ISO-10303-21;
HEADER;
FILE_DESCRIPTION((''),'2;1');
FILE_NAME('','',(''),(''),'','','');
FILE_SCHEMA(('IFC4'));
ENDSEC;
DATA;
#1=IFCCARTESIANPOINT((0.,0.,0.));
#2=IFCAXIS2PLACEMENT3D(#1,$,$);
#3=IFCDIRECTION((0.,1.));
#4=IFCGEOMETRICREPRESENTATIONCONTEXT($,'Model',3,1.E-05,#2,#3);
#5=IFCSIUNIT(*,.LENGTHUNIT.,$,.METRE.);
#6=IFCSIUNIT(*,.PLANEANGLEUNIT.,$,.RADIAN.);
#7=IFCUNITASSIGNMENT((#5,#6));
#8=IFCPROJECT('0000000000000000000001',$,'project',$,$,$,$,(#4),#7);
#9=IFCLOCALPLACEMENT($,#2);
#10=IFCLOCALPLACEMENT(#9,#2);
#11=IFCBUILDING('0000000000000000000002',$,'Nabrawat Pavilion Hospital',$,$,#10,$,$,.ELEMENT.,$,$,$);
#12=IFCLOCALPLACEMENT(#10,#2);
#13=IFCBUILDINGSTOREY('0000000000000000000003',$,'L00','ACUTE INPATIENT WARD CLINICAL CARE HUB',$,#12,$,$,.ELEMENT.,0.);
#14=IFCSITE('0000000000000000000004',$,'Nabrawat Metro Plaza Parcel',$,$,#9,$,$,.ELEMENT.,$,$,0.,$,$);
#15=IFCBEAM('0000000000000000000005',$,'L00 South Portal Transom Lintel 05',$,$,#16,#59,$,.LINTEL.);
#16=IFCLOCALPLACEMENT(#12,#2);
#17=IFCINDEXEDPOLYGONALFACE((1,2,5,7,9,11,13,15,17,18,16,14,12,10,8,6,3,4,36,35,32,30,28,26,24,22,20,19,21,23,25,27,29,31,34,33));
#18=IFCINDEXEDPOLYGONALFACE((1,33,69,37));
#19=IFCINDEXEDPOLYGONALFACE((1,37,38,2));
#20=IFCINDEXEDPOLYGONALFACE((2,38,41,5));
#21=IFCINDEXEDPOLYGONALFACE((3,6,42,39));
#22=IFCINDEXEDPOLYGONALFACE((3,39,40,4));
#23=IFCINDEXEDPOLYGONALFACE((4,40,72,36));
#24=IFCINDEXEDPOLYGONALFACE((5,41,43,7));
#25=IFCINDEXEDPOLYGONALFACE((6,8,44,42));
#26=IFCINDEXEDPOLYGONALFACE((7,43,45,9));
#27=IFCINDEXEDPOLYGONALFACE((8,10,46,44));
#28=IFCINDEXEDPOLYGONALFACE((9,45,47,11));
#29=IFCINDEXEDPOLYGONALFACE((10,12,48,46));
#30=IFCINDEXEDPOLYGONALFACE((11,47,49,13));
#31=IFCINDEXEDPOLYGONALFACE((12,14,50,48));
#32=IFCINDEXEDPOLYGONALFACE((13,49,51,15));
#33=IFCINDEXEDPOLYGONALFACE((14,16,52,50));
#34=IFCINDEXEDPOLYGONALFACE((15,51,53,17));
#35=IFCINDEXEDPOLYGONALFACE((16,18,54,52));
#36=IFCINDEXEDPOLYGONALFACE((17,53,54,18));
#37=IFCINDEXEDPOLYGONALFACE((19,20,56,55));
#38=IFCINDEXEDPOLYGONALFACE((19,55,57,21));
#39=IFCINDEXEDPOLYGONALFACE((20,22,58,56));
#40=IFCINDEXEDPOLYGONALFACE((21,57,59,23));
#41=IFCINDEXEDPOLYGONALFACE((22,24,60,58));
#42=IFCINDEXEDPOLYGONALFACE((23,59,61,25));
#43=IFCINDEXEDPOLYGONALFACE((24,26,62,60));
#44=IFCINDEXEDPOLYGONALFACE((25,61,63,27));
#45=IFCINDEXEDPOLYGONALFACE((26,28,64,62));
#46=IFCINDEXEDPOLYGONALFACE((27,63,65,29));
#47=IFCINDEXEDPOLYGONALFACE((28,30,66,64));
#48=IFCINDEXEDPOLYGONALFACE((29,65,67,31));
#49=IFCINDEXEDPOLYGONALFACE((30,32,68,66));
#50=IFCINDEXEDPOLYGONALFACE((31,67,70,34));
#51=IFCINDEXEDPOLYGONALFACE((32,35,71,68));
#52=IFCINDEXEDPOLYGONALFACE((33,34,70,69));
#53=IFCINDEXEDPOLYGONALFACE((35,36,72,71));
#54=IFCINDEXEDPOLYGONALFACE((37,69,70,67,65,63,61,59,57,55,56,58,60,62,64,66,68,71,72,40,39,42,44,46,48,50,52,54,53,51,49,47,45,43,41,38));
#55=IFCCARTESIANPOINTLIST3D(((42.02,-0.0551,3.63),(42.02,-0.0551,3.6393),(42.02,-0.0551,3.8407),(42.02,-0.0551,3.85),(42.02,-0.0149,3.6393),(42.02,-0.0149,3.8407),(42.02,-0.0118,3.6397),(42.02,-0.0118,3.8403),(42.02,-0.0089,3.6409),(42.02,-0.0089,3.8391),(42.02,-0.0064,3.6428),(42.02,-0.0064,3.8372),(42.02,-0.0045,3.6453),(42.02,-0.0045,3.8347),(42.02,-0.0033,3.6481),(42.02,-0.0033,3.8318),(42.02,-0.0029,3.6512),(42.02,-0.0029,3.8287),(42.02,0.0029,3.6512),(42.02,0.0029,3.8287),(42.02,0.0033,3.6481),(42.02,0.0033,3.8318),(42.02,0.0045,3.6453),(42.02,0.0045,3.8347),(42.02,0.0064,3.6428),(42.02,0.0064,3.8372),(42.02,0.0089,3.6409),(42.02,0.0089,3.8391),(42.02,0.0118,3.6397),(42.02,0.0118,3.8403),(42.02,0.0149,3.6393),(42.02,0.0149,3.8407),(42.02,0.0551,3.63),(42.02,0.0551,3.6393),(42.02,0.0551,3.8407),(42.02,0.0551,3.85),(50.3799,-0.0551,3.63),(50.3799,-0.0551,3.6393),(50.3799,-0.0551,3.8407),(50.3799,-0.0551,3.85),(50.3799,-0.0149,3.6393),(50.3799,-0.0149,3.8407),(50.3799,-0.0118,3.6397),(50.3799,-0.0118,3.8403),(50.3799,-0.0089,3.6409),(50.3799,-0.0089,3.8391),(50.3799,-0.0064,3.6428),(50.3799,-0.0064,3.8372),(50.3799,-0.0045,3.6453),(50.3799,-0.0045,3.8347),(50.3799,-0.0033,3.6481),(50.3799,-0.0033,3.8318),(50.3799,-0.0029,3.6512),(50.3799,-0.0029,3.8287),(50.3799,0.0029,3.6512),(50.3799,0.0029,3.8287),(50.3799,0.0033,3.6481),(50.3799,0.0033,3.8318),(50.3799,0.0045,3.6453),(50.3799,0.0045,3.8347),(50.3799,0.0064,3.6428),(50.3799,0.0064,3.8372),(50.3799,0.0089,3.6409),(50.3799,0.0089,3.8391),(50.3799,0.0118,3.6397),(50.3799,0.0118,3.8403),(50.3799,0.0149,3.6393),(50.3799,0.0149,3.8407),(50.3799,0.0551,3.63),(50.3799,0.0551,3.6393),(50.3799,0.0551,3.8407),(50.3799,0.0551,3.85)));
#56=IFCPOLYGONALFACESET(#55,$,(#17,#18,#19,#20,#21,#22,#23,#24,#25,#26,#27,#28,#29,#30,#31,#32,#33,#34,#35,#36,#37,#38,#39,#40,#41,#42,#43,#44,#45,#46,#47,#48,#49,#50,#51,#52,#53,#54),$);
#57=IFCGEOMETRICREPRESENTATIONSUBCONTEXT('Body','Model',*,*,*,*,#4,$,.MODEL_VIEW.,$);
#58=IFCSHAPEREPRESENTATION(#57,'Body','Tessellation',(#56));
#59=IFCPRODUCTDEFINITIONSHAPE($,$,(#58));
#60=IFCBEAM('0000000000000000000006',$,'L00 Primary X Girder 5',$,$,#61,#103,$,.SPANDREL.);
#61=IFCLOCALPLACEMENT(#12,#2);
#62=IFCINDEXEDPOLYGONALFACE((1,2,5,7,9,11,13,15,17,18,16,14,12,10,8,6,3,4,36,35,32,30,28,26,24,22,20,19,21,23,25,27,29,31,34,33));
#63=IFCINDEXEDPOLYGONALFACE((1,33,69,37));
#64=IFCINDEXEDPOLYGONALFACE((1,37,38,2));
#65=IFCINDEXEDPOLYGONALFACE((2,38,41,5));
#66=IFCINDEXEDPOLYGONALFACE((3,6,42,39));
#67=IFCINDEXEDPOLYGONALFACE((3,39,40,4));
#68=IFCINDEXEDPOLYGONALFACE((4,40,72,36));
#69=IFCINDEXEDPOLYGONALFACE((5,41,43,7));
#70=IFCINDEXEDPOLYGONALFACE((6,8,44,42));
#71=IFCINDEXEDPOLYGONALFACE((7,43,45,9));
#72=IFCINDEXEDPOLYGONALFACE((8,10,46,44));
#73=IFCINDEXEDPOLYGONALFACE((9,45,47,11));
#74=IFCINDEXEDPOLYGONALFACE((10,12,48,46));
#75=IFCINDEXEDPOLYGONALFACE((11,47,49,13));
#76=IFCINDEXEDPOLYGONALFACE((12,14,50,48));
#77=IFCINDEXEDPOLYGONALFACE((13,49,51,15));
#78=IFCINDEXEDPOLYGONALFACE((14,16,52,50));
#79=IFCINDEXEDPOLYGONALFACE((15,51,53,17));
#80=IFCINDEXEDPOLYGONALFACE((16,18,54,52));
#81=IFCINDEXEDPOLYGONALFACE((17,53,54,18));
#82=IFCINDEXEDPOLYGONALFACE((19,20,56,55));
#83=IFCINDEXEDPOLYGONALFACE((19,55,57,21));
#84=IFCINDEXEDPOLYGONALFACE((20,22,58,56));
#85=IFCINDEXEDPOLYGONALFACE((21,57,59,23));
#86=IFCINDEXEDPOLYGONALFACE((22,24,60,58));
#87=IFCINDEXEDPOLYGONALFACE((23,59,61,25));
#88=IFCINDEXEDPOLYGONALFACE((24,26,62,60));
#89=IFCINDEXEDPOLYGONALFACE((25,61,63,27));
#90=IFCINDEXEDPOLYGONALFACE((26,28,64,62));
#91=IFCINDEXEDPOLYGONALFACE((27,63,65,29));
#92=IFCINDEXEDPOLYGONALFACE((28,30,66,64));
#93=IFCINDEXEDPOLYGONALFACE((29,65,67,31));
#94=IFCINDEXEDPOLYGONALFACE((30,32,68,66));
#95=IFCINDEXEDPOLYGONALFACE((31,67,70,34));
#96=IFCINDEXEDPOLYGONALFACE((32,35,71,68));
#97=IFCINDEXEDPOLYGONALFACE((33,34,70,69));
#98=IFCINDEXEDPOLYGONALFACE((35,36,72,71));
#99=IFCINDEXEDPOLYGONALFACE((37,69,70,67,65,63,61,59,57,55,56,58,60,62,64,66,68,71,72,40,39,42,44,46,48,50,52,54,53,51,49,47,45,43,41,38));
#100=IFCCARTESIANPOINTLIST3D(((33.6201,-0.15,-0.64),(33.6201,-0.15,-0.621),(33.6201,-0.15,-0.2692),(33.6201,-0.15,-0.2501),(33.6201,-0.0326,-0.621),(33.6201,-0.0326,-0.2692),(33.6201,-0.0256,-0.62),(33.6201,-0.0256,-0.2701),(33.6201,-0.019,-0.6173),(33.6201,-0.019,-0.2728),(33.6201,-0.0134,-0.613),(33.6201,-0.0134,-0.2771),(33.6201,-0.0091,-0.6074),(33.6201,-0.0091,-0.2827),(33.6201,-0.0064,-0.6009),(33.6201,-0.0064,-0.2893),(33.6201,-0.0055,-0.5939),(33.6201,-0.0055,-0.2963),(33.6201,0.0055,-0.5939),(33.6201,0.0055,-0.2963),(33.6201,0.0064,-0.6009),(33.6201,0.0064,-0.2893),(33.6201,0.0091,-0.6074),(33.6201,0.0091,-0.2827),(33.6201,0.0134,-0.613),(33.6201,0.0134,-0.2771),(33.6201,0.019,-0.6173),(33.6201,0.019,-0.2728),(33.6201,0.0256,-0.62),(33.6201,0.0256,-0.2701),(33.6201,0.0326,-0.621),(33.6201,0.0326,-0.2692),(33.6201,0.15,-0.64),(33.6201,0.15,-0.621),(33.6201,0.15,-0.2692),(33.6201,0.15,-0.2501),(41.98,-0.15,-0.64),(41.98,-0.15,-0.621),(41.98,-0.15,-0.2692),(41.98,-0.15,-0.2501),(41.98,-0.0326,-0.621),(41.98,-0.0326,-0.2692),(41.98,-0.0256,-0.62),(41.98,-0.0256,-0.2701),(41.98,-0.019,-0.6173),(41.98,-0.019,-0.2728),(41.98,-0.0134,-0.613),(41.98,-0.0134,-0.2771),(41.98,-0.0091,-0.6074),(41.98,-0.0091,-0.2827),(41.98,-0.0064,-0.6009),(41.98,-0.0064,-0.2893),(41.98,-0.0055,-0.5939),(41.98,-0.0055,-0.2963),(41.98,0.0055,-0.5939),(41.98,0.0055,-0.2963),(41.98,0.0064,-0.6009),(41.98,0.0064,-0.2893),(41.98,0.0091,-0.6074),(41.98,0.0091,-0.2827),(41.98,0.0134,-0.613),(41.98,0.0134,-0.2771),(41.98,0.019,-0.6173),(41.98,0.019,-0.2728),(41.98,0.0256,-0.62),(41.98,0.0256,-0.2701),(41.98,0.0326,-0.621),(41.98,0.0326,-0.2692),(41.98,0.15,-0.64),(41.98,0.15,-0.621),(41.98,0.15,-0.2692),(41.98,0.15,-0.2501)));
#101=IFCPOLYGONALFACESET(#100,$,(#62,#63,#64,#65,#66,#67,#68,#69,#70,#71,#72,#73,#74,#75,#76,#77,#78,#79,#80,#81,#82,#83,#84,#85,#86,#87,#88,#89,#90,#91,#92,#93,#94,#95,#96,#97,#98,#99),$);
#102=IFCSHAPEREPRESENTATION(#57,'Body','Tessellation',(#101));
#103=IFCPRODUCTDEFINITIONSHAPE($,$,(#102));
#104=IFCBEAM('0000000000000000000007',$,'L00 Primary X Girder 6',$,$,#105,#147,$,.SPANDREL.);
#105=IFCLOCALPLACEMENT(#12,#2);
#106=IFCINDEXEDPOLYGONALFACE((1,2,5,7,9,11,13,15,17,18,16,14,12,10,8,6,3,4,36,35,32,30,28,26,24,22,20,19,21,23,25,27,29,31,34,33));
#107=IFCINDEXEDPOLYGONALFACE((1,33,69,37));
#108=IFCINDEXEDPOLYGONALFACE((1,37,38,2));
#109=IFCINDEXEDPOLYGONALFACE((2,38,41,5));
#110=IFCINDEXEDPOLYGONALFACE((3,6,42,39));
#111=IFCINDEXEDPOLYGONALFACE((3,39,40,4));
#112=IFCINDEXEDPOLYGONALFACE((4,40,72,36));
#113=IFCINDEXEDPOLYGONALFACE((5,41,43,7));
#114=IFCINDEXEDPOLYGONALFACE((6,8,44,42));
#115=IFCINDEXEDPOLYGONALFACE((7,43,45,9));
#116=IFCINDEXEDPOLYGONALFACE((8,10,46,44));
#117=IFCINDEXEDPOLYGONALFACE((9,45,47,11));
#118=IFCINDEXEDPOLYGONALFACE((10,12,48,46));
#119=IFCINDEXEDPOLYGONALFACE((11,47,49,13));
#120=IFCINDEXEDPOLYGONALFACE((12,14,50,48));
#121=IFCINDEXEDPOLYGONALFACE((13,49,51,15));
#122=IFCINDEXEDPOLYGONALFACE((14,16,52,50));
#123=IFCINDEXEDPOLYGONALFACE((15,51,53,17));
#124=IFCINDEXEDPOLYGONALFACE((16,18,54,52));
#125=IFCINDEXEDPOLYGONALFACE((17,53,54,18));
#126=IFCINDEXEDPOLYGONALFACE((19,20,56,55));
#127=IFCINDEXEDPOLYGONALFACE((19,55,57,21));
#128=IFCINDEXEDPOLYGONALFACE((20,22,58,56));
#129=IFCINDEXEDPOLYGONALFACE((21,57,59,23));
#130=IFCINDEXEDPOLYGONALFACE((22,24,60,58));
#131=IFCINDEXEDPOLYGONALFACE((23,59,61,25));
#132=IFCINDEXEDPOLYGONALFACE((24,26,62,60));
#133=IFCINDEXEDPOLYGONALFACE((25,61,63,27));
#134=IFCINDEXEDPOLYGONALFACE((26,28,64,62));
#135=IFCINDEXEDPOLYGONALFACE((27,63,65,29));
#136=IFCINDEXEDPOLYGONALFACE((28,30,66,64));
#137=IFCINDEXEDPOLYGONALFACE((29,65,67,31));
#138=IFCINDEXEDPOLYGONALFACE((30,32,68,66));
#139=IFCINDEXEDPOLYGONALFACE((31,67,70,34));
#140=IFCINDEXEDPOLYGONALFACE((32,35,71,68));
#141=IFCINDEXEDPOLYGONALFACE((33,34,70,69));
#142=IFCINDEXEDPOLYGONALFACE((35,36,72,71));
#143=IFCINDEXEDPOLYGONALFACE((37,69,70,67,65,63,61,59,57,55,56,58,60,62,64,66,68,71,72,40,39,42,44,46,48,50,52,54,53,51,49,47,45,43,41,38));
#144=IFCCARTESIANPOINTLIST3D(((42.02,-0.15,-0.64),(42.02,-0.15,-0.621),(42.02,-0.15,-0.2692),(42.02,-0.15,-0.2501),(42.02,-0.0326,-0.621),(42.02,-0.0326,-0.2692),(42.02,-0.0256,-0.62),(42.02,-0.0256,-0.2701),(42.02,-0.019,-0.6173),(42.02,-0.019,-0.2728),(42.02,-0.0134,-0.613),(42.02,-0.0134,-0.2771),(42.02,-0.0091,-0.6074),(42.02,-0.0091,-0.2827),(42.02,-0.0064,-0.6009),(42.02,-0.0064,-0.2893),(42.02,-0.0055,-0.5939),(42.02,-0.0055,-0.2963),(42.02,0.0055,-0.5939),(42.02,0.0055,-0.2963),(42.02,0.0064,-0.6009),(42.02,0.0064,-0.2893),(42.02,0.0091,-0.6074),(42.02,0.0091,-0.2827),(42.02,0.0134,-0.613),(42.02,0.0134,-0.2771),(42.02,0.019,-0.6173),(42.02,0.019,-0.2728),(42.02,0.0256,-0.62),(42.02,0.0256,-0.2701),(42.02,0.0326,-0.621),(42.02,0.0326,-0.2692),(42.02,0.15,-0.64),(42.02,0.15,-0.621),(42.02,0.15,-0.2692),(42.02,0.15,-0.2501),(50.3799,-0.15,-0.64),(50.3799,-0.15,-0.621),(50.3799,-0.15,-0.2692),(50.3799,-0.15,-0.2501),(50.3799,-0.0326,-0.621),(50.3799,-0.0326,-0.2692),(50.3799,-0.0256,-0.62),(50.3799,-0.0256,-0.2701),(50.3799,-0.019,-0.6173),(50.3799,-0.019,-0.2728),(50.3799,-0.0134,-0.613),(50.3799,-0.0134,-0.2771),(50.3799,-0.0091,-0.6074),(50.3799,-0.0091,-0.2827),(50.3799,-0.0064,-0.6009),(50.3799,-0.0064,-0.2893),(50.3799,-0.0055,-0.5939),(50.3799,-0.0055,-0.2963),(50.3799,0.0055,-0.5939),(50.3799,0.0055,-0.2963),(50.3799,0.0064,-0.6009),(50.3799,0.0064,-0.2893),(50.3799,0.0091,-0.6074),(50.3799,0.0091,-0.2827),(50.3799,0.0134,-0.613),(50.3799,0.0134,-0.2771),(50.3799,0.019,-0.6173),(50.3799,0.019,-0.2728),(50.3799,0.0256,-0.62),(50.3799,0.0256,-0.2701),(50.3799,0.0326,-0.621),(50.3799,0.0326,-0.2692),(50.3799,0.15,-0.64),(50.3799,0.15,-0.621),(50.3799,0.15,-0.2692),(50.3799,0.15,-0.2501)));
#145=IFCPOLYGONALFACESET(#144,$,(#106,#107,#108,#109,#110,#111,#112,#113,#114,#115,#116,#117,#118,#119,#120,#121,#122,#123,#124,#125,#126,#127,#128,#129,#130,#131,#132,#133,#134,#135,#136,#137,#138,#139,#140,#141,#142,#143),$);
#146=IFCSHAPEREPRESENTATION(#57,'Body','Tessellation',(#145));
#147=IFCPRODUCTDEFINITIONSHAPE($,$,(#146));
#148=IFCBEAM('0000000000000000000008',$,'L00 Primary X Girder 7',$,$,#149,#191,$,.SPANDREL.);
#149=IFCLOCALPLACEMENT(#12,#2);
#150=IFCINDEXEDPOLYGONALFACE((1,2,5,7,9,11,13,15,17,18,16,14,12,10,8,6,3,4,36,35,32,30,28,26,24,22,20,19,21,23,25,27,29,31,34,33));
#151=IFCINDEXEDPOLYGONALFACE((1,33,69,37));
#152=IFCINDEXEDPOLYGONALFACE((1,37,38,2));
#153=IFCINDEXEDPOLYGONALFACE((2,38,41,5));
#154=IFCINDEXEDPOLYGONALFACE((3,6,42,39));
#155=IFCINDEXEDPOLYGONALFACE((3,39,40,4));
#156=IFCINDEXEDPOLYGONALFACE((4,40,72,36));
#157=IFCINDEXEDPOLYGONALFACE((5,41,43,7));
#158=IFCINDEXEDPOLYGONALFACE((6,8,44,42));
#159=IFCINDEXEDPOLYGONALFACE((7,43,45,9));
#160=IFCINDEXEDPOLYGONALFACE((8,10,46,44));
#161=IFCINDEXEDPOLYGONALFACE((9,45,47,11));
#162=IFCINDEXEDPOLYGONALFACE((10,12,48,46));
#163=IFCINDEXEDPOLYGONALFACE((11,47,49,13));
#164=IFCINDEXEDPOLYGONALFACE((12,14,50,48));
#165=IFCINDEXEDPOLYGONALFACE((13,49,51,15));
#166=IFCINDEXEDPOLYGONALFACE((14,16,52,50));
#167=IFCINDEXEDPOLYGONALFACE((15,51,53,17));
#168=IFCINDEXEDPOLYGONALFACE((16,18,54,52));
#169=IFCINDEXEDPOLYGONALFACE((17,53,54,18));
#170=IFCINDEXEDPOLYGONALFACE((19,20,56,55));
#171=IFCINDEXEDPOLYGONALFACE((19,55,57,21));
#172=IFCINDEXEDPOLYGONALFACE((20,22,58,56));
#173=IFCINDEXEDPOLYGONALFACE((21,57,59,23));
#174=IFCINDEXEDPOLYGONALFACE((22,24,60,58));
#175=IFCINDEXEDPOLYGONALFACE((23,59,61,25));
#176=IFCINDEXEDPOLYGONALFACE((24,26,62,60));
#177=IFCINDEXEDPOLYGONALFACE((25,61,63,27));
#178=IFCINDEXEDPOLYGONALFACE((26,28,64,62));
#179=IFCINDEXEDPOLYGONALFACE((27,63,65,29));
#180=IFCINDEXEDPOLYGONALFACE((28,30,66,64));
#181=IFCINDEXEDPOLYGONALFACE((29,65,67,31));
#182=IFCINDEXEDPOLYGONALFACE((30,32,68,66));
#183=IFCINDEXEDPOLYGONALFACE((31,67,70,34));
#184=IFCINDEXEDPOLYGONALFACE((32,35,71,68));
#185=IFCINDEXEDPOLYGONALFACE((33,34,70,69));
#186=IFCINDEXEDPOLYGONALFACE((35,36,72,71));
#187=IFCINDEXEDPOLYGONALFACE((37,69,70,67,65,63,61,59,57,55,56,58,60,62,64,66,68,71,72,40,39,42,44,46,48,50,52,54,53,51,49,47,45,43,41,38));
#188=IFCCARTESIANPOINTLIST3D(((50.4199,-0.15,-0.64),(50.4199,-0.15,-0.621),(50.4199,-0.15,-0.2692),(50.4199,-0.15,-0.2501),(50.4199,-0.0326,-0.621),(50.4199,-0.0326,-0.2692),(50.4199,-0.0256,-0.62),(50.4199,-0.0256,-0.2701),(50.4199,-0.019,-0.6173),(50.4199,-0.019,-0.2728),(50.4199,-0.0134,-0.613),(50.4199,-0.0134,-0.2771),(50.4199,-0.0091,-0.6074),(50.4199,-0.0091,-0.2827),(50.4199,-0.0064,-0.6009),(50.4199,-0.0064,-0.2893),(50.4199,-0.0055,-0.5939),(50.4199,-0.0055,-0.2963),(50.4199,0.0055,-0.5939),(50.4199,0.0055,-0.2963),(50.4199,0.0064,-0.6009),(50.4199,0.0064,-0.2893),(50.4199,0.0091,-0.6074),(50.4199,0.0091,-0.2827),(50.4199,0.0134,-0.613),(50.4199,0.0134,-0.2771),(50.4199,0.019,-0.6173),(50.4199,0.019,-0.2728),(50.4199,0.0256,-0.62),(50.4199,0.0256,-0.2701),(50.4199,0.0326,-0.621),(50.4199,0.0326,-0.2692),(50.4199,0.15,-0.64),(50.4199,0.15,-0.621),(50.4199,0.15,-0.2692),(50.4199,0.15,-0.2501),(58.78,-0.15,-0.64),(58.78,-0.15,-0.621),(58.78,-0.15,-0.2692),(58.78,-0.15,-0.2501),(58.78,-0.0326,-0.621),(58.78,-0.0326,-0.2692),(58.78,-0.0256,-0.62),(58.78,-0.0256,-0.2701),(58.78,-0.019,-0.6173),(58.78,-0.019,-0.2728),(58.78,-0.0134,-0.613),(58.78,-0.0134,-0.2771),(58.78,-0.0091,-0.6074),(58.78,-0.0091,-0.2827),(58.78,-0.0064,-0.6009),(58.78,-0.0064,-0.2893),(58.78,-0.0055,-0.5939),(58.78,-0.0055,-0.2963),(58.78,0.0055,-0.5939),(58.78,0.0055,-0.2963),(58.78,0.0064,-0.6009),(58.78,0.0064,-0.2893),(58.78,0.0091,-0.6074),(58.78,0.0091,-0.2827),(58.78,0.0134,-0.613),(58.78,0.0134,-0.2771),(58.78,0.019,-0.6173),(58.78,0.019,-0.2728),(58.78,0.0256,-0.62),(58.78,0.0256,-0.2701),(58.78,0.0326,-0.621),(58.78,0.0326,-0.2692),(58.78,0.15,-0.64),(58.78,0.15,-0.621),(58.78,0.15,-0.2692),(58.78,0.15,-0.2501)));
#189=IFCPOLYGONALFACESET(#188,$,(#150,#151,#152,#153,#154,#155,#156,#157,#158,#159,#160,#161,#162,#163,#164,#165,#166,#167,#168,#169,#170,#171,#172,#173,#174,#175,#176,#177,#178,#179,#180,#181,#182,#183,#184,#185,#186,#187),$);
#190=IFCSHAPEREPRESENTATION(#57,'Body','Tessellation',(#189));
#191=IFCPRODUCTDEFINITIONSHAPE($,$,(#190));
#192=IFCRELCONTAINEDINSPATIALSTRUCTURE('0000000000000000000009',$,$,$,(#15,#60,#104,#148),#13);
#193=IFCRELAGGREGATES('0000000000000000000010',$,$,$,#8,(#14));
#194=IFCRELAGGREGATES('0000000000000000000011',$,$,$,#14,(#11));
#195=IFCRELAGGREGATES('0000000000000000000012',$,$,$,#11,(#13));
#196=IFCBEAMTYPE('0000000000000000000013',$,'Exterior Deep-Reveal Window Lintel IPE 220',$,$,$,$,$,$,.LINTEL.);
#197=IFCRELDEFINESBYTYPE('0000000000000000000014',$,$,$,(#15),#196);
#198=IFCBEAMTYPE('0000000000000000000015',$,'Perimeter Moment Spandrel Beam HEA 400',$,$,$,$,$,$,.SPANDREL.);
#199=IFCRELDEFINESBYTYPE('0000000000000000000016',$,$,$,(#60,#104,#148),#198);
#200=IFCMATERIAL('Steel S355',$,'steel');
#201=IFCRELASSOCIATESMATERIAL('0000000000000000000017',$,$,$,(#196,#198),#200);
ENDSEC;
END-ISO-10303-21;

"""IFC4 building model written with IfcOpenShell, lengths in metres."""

from ifc_helpers import new_model, si_unit, direction, frame, origin, origin_2d, place, context, subcontext, project, spatial, i_section, extrude, material, material_profile, profile_set, type_object, element, save


model = new_model("IFC4")

# Units and contexts
model_context = context("Model", 3, precision=1e-05, world=origin(), true_north=direction((0.0, 1.0)))
body_context = subcontext(model_context, "Body", "Model", "MODEL_VIEW")
ifc_project = project(units=[si_unit("LENGTHUNIT", "METRE"), si_unit("PLANEANGLEUNIT", "RADIAN")], contexts=[model_context])

# Site, building, storey
site_placement = place(None, origin())
site = spatial("IfcSite", under=ifc_project, at=site_placement, Name="Nabrawat Metro Plaza Parcel", CompositionType="ELEMENT", RefElevation=0.0)
building_placement = place(site_placement, origin())
building = spatial("IfcBuilding", under=site, at=building_placement, Name="Nabrawat Pavilion Hospital", CompositionType="ELEMENT")
storey_placement = place(building_placement, origin())
storey = spatial("IfcBuildingStorey", under=building, at=storey_placement, Name="L00", Description="ACUTE INPATIENT WARD CLINICAL CARE HUB", CompositionType="ELEMENT", Elevation=0.0)

# Shared definitions
ifc_material_1 = material(Name="Steel S355", Category="steel")

# Beams
ifc_material_profile_1 = material_profile(ifc_material_1, i_section(OverallWidth=0.1101, OverallDepth=0.22, WebThickness=0.0059, FlangeThickness=0.0093, FilletRadius=0.012, at=origin_2d()), Name="IPE 220")
ifc_profile_set_1 = profile_set([ifc_material_profile_1], Name="Steel S355")
beam_type_1 = type_object("IfcBeamType", Name="Exterior Deep-Reveal Window Lintel IPE 220", PredefinedType="LINTEL", material=ifc_profile_set_1)
for number, where, z_axis, x_axis, name in (
    (1, (42.02, 0.0, 3.74), (1.0, 0.0, 0.0), (0.0, 1.0, 0.0), "L00 South Portal Transom Lintel 05"),
):
    element("IfcBeam", number, at=place(storey_placement, frame(where, z_axis=z_axis, x_axis=x_axis)), inside=storey, type_object=beam_type_1, Name=name, PredefinedType="LINTEL", context=body_context, shape_type="SweptSolid", body=[
        extrude(i_section(OverallWidth=0.1101, OverallDepth=0.22, WebThickness=0.0059, FlangeThickness=0.0093, FilletRadius=0.012, at=origin_2d()), origin(), (0.0, 0.0, 1.0), 8.3599),
    ])
ifc_material_profile_2 = material_profile(ifc_material_1, i_section(OverallWidth=0.3, OverallDepth=0.3899, WebThickness=0.011, FlangeThickness=0.019, FilletRadius=0.0271, at=origin_2d()), Name="HEA 400")
ifc_profile_set_2 = profile_set([ifc_material_profile_2], Name="Steel S355")
beam_type_2 = type_object("IfcBeamType", Name="Perimeter Moment Spandrel Beam HEA 400", PredefinedType="SPANDREL", material=ifc_profile_set_2)
for number, where, z_axis, x_axis, name in (
    (2, (33.6201, 0.0, -0.4451), (1.0, 0.0, 0.0), (0.0, 1.0, 0.0), "L00 Primary X Girder 5"),
    (3, (42.02, 0.0, -0.4451), (1.0, 0.0, 0.0), (0.0, 1.0, 0.0), "L00 Primary X Girder 6"),
):
    element("IfcBeam", number, at=place(storey_placement, frame(where, z_axis=z_axis, x_axis=x_axis)), inside=storey, type_object=beam_type_2, Name=name, PredefinedType="SPANDREL", context=body_context, shape_type="SweptSolid", body=[
        extrude(i_section(OverallWidth=0.3, OverallDepth=0.3899, WebThickness=0.011, FlangeThickness=0.019, FilletRadius=0.0271, at=origin_2d()), origin(), (0.0, 0.0, 1.0), 8.3599),
    ])
beam_placement = place(storey_placement, frame((50.4199, 0.0, -0.4451), z_axis=(1.0, 0.0, 0.0), x_axis=(0.0, 1.0, 0.0)))
element("IfcBeam", 4, at=beam_placement, inside=storey, type_object=beam_type_2, Name="L00 Primary X Girder 7", PredefinedType="SPANDREL", context=body_context, shape_type="SweptSolid", body=[
    extrude(i_section(OverallWidth=0.3, OverallDepth=0.3899, WebThickness=0.011, FlangeThickness=0.019, FilletRadius=0.0271, at=origin_2d()), origin(), (0.0, 0.0, 1.0), 8.3601),
])

save(model, "model.ifc")
